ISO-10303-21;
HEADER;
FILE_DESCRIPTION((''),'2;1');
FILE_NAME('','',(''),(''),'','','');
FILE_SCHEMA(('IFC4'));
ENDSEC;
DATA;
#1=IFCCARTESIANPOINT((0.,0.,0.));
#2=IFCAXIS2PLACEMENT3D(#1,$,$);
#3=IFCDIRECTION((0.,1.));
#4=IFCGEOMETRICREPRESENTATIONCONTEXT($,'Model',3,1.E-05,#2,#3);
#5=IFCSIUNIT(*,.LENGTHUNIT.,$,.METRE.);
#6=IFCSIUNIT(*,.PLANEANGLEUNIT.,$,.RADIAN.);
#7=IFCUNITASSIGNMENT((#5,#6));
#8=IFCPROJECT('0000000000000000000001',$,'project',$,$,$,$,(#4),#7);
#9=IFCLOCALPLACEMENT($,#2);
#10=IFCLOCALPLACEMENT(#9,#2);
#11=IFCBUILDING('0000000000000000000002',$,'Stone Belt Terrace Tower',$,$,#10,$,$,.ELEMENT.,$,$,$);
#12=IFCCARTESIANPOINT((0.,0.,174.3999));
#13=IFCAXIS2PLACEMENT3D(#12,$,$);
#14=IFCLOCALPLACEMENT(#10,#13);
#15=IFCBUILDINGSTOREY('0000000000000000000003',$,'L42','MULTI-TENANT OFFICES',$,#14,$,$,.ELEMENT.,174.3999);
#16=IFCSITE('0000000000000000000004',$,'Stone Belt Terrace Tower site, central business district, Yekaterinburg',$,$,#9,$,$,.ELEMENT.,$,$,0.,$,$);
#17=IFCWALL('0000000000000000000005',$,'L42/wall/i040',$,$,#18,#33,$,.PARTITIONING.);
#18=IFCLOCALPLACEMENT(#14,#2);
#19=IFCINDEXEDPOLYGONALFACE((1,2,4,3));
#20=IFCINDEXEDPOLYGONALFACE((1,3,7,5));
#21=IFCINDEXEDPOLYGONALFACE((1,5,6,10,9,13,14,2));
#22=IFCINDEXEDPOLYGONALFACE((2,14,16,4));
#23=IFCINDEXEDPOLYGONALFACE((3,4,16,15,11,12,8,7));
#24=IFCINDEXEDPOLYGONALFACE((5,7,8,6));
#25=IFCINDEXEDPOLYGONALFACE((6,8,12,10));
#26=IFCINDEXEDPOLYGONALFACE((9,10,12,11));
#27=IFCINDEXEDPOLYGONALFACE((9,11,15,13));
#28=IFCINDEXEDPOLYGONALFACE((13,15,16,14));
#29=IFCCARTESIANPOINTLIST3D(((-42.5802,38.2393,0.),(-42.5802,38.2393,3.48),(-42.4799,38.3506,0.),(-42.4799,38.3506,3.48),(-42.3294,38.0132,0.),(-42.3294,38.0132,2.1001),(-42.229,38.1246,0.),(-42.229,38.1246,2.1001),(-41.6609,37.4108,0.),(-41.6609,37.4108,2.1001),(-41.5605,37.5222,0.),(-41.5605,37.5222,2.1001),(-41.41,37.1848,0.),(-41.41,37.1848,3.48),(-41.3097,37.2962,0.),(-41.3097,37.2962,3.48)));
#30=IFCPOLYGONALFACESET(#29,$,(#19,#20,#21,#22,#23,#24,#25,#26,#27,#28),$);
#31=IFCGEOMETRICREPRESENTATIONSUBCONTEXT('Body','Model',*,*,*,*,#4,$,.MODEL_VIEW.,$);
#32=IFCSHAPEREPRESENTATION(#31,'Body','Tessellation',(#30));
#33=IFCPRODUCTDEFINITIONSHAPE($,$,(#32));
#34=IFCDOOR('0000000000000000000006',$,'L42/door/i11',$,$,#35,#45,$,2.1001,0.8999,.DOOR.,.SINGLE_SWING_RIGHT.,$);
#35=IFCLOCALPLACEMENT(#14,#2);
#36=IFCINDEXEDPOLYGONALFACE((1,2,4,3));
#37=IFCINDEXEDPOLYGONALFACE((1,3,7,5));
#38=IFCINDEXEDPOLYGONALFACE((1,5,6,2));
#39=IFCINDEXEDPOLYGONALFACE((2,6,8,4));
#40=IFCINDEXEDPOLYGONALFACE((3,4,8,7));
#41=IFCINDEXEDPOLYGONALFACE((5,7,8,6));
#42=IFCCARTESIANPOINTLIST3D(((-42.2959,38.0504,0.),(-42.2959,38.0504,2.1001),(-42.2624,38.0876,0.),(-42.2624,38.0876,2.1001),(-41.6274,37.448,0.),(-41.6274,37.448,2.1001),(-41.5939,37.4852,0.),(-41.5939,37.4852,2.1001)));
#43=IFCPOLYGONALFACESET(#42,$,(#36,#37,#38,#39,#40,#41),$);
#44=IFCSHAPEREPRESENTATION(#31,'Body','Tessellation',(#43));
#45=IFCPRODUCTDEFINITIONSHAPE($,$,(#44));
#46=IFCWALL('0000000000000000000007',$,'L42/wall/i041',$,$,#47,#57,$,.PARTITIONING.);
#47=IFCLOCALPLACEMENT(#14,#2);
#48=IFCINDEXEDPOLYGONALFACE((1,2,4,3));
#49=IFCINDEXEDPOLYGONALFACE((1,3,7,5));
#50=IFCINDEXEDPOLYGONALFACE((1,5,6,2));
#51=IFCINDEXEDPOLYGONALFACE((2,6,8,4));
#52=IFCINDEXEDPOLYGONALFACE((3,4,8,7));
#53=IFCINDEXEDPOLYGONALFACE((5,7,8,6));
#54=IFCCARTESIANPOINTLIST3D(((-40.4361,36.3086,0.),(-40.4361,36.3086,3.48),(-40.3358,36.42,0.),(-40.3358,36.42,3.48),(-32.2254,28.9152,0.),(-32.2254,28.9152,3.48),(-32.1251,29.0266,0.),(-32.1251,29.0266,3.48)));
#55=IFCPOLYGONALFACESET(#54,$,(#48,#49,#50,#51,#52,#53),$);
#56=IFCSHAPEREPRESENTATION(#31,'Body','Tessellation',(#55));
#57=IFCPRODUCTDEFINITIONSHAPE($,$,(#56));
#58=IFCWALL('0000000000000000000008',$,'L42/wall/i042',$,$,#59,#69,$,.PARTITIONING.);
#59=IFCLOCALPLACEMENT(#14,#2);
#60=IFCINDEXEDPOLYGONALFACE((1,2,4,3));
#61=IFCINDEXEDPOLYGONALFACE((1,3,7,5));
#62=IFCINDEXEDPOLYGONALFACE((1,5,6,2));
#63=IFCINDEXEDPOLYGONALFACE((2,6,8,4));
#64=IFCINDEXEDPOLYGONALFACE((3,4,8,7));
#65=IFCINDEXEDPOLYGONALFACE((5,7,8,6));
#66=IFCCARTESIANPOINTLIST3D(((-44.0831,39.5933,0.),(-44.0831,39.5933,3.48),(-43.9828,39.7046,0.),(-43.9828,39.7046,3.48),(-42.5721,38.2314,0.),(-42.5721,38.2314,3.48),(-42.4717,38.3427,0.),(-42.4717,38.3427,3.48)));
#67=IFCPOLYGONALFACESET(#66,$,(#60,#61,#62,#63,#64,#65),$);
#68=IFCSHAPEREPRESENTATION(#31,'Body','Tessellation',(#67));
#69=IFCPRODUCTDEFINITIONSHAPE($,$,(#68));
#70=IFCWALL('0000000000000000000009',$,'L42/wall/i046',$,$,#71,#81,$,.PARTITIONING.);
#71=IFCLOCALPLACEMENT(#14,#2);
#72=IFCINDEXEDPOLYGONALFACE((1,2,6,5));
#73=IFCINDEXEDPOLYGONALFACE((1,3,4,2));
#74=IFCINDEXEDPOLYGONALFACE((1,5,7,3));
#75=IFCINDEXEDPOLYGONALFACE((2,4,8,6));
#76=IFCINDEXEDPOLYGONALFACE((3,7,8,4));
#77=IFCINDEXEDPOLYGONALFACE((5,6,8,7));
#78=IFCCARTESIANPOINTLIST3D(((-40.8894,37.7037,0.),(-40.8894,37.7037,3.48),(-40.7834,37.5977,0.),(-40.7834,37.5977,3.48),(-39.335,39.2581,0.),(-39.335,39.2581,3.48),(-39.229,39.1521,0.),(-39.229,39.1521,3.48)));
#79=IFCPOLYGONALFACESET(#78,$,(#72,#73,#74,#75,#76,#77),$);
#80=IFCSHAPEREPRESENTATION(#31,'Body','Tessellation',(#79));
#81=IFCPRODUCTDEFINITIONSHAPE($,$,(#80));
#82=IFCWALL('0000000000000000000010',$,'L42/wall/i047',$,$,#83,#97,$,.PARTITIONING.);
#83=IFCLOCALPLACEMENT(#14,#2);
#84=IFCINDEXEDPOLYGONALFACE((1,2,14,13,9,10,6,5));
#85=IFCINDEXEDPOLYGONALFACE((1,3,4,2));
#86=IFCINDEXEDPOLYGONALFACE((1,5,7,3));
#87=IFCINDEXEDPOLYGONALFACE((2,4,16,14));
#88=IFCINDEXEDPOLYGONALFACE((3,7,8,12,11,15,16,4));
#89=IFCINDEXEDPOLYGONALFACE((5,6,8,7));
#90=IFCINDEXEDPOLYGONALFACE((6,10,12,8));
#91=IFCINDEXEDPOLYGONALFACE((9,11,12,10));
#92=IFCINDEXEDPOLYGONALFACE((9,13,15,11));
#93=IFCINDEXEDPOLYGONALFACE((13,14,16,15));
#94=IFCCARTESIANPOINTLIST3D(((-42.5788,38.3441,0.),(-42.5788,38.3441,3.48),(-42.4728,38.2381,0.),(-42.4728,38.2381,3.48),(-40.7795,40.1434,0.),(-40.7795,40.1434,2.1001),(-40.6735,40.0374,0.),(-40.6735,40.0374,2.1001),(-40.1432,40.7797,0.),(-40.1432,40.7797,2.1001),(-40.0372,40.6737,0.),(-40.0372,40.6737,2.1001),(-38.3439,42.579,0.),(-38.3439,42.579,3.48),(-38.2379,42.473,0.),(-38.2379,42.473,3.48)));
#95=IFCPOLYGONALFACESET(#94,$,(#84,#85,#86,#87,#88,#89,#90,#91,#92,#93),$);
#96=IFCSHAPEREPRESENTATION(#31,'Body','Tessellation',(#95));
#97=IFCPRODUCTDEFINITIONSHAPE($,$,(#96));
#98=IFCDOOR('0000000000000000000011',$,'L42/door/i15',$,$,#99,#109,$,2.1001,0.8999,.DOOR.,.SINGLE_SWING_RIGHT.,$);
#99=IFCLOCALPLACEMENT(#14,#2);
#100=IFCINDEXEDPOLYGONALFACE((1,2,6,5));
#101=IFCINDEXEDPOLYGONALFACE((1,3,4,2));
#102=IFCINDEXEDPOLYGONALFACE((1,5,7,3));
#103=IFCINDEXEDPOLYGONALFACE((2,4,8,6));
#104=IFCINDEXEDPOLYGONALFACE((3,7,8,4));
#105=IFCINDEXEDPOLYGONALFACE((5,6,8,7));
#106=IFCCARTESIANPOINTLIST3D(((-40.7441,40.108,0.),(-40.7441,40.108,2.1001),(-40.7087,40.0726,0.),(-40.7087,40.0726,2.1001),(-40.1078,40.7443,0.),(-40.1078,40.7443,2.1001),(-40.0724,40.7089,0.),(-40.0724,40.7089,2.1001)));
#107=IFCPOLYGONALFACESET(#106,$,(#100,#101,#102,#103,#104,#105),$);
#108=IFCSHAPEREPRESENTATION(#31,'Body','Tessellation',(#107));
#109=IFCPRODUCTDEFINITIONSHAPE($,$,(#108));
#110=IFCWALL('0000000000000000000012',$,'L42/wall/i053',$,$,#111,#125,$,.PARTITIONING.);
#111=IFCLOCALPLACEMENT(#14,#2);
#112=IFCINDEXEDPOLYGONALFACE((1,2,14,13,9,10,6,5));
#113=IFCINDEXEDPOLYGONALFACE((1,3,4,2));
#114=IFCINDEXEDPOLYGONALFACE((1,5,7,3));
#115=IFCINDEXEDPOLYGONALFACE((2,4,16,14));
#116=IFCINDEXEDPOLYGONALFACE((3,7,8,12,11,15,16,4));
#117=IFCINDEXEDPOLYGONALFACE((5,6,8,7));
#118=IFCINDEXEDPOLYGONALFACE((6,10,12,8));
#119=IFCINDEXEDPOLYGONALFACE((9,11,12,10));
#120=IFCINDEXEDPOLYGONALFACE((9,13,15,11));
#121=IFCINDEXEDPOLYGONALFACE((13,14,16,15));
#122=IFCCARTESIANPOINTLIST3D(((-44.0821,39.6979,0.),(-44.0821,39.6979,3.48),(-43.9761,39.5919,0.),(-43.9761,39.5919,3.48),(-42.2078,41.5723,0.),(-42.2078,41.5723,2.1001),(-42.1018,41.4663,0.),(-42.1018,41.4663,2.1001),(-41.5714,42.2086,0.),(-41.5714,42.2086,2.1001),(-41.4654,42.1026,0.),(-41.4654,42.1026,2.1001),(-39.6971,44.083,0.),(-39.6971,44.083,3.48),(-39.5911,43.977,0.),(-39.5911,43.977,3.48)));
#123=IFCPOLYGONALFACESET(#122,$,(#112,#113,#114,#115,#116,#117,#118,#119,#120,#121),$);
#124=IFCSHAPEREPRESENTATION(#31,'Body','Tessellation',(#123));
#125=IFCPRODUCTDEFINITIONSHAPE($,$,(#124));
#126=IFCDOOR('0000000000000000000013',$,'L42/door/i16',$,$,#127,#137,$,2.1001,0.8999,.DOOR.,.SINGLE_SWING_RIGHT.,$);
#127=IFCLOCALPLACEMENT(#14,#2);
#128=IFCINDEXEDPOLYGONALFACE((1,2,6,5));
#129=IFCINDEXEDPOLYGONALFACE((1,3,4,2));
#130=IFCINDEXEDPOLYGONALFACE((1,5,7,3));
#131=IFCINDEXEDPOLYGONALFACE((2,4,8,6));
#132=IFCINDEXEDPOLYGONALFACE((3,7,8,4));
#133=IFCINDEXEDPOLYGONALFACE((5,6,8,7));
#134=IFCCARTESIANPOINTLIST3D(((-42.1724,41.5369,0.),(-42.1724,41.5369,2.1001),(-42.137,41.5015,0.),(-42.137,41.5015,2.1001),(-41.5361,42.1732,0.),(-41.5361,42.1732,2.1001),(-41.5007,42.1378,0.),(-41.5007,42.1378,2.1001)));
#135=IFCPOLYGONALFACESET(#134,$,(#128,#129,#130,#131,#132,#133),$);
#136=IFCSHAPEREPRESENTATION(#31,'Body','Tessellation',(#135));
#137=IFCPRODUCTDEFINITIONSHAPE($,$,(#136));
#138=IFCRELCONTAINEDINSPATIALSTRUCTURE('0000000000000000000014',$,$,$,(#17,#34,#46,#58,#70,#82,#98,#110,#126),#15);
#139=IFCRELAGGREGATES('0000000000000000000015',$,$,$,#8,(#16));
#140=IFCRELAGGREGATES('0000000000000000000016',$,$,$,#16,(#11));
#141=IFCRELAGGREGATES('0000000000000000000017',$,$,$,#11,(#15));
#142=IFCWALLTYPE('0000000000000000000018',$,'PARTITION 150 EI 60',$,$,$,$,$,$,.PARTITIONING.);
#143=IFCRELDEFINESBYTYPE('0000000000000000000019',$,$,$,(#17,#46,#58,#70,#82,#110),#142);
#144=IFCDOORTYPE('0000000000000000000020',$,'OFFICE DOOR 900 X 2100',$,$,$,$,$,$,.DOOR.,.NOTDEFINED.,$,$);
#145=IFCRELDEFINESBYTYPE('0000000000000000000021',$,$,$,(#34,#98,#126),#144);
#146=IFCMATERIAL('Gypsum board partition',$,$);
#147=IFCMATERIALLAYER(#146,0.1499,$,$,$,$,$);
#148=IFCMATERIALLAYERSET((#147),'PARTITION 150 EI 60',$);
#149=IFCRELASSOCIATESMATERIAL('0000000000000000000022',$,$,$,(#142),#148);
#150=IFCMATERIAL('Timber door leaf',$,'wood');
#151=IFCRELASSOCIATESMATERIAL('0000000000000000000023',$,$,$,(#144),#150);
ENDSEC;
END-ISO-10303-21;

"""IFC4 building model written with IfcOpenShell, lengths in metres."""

from ifc_helpers import new_model, si_unit, direction, frame, frame_2d, origin, place, context, subcontext, project, spatial, rectangle, extrude, material, layer, layer_set, type_object, element, fill, save


model = new_model("IFC4")

# Units and contexts
model_context = context("Model", 3, precision=1e-05, world=origin(), true_north=direction((0.0, 1.0)))
body_context = subcontext(model_context, "Body", "Model", "MODEL_VIEW")
ifc_project = project(units=[si_unit("LENGTHUNIT", "METRE"), si_unit("PLANEANGLEUNIT", "RADIAN")], contexts=[model_context])

# Site, building, storey
site_placement = place(None, origin())
site = spatial("IfcSite", under=ifc_project, at=site_placement, Name="Stone Belt Terrace Tower site, central business district, Yekaterinburg", CompositionType="ELEMENT", RefElevation=0.0)
building_placement = place(site_placement, origin())
building = spatial("IfcBuilding", under=site, at=building_placement, Name="Stone Belt Terrace Tower", CompositionType="ELEMENT")
storey_placement = place(building_placement, frame((0.0, 0.0, 174.3999)))
storey = spatial("IfcBuildingStorey", under=building, at=storey_placement, Name="L42", Description="MULTI-TENANT OFFICES", CompositionType="ELEMENT", Elevation=174.3999)

# Wall, opening, door
ifc_material_1 = material(Name="Gypsum board partition")
ifc_layer_1 = layer(ifc_material_1, 0.1499)
ifc_layer_set_1 = layer_set([ifc_layer_1], Name="PARTITION 150 EI 60")
wall_type = type_object("IfcWallType", Name="PARTITION 150 EI 60", PredefinedType="PARTITIONING", material=ifc_layer_set_1)
wall_1_placement = place(storey_placement, frame((-41.3599, 37.2405, 0.0), z_axis=(0.0, 0.0, 1.0), x_axis=(-0.742886, 0.669418, 0.0)))
wall_1 = element("IfcWall", 1, at=wall_1_placement, inside=storey, type_object=wall_type, Name="L42/wall/i040", PredefinedType="PARTITIONING", context=body_context, shape_type="SweptSolid", body=[
    extrude(rectangle(XDim=1.5752, YDim=0.1499, at=frame_2d((0.7876, 0.0))), origin(), (0.0, 0.0, 1.0), 3.48),
])
opening_1_placement = place(wall_1_placement, frame((0.3376, 0.0, 0.0)))
opening_1 = element("IfcOpeningElement", 2, at=opening_1_placement, cuts=wall_1, PredefinedType="OPENING", context=body_context, shape_type="SweptSolid", body=[
    extrude(rectangle(XDim=0.8999, YDim=2.1001, at=frame_2d((0.45, 1.05))), frame((0.0, 0.085, 0.0), z_axis=(0.0, -1.0, 0.0), x_axis=(1.0, 0.0, 0.0)), (0.0, 0.0, 1.0), 0.1699),
])
ifc_material_2 = material(Name="Timber door leaf", Category="wood")
door_type = type_object("IfcDoorType", Name="OFFICE DOOR 900 X 2100", OperationType="NOTDEFINED", PredefinedType="DOOR", material=ifc_material_2)
door_1_placement = place(opening_1_placement, origin())
door_1 = element("IfcDoor", 3, at=door_1_placement, inside=storey, type_object=door_type, Name="L42/door/i11", OperationType="SINGLE_SWING_RIGHT", OverallHeight=2.1001, OverallWidth=0.8999, PredefinedType="DOOR", context=body_context, shape_type="SweptSolid", body=[
    extrude(rectangle(XDim=0.8999, YDim=2.1001, at=frame_2d((0.45, 1.05))), frame((0.0, 0.0249, 0.0), z_axis=(0.0, -1.0, 0.0), x_axis=(1.0, 0.0, 0.0)), (0.0, 0.0, 1.0), 0.05),
])
fill(opening_1, door_1)

# Walls
wall_2_placement = place(storey_placement, frame((-40.386, 36.3643, 0.0), z_axis=(0.0, 0.0, 1.0), x_axis=(0.743128, -0.669149, 0.0)))
element("IfcWall", 4, at=wall_2_placement, inside=storey, type_object=wall_type, Name="L42/wall/i041", PredefinedType="PARTITIONING", context=body_context, shape_type="SweptSolid", body=[
    extrude(rectangle(XDim=11.0488, YDim=0.1499, at=frame_2d((5.5244, 0.0))), origin(), (0.0, 0.0, 1.0), 3.48),
])
wall_3_placement = place(storey_placement, frame((-44.033, 39.6489, 0.0), z_axis=(0.0, 0.0, 1.0), x_axis=(0.742822, -0.669488, 0.0)))
element("IfcWall", 5, at=wall_3_placement, inside=storey, type_object=wall_type, Name="L42/wall/i042", PredefinedType="PARTITIONING", context=body_context, shape_type="SweptSolid", body=[
    extrude(rectangle(XDim=2.0342, YDim=0.1499, at=frame_2d((1.0171, 0.0))), origin(), (0.0, 0.0, 1.0), 3.48),
])
wall_4_placement = place(storey_placement, frame((-39.282, 39.2051, 0.0), z_axis=(0.0, 0.0, 1.0), x_axis=(-0.707107, -0.707107, 0.0)))
element("IfcWall", 6, at=wall_4_placement, inside=storey, type_object=wall_type, Name="L42/wall/i046", PredefinedType="PARTITIONING", context=body_context, shape_type="SweptSolid", body=[
    extrude(rectangle(XDim=2.1982, YDim=0.1499, at=frame_2d((1.0991, 0.0))), origin(), (0.0, 0.0, 1.0), 3.48),
])

# Walls, openings, doors
wall_5_placement = place(storey_placement, frame((-42.5259, 38.291, 0.0), z_axis=(0.0, 0.0, 1.0), x_axis=(0.707107, 0.707107, 0.0)))
wall_5 = element("IfcWall", 7, at=wall_5_placement, inside=storey, type_object=wall_type, Name="L42/wall/i047", PredefinedType="PARTITIONING", context=body_context, shape_type="SweptSolid", body=[
    extrude(rectangle(XDim=5.989, YDim=0.1499, at=frame_2d((2.9946, 0.0))), origin(), (0.0, 0.0, 1.0), 3.48),
])
opening_2_placement = place(wall_5_placement, frame((2.5447, 0.0, 0.0)))
opening_2 = element("IfcOpeningElement", 8, at=opening_2_placement, cuts=wall_5, PredefinedType="OPENING", context=body_context, shape_type="SweptSolid", body=[
    extrude(rectangle(XDim=0.8999, YDim=2.1001, at=frame_2d((0.45, 1.05))), frame((0.0, 0.085, 0.0), z_axis=(0.0, -1.0, 0.0), x_axis=(1.0, 0.0, 0.0)), (0.0, 0.0, 1.0), 0.1699),
])
door_2_placement = place(opening_2_placement, origin())
door_2 = element("IfcDoor", 9, at=door_2_placement, inside=storey, type_object=door_type, Name="L42/door/i15", OperationType="SINGLE_SWING_RIGHT", OverallHeight=2.1001, OverallWidth=0.8999, PredefinedType="DOOR", context=body_context, shape_type="SweptSolid", body=[
    extrude(rectangle(XDim=0.8999, YDim=2.1001, at=frame_2d((0.45, 1.05))), frame((0.0, 0.0249, 0.0), z_axis=(0.0, -1.0, 0.0), x_axis=(1.0, 0.0, 0.0)), (0.0, 0.0, 1.0), 0.05),
])
fill(opening_2, door_2)
wall_6_placement = place(storey_placement, frame((-44.0291, 39.645, 0.0), z_axis=(0.0, 0.0, 1.0), x_axis=(0.707107, 0.707107, 0.0)))
wall_6 = element("IfcWall", 10, at=wall_6_placement, inside=storey, type_object=wall_type, Name="L42/wall/i053", PredefinedType="PARTITIONING", context=body_context, shape_type="SweptSolid", body=[
    extrude(rectangle(XDim=6.2014, YDim=0.1499, at=frame_2d((3.1006, 0.0))), origin(), (0.0, 0.0, 1.0), 3.48),
])
opening_3_placement = place(wall_6_placement, frame((2.6506, 0.0, 0.0)))
opening_3 = element("IfcOpeningElement", 11, at=opening_3_placement, cuts=wall_6, PredefinedType="OPENING", context=body_context, shape_type="SweptSolid", body=[
    extrude(rectangle(XDim=0.8999, YDim=2.1001, at=frame_2d((0.45, 1.05))), frame((0.0, 0.085, 0.0), z_axis=(0.0, -1.0, 0.0), x_axis=(1.0, 0.0, 0.0)), (0.0, 0.0, 1.0), 0.1699),
])
door_3_placement = place(opening_3_placement, origin())
door_3 = element("IfcDoor", 12, at=door_3_placement, inside=storey, type_object=door_type, Name="L42/door/i16", OperationType="SINGLE_SWING_RIGHT", OverallHeight=2.1001, OverallWidth=0.8999, PredefinedType="DOOR", context=body_context, shape_type="SweptSolid", body=[
    extrude(rectangle(XDim=0.8999, YDim=2.1001, at=frame_2d((0.45, 1.05))), frame((0.0, 0.0249, 0.0), z_axis=(0.0, -1.0, 0.0), x_axis=(1.0, 0.0, 0.0)), (0.0, 0.0, 1.0), 0.05),
])
fill(opening_3, door_3)

save(model, "model.ifc")
